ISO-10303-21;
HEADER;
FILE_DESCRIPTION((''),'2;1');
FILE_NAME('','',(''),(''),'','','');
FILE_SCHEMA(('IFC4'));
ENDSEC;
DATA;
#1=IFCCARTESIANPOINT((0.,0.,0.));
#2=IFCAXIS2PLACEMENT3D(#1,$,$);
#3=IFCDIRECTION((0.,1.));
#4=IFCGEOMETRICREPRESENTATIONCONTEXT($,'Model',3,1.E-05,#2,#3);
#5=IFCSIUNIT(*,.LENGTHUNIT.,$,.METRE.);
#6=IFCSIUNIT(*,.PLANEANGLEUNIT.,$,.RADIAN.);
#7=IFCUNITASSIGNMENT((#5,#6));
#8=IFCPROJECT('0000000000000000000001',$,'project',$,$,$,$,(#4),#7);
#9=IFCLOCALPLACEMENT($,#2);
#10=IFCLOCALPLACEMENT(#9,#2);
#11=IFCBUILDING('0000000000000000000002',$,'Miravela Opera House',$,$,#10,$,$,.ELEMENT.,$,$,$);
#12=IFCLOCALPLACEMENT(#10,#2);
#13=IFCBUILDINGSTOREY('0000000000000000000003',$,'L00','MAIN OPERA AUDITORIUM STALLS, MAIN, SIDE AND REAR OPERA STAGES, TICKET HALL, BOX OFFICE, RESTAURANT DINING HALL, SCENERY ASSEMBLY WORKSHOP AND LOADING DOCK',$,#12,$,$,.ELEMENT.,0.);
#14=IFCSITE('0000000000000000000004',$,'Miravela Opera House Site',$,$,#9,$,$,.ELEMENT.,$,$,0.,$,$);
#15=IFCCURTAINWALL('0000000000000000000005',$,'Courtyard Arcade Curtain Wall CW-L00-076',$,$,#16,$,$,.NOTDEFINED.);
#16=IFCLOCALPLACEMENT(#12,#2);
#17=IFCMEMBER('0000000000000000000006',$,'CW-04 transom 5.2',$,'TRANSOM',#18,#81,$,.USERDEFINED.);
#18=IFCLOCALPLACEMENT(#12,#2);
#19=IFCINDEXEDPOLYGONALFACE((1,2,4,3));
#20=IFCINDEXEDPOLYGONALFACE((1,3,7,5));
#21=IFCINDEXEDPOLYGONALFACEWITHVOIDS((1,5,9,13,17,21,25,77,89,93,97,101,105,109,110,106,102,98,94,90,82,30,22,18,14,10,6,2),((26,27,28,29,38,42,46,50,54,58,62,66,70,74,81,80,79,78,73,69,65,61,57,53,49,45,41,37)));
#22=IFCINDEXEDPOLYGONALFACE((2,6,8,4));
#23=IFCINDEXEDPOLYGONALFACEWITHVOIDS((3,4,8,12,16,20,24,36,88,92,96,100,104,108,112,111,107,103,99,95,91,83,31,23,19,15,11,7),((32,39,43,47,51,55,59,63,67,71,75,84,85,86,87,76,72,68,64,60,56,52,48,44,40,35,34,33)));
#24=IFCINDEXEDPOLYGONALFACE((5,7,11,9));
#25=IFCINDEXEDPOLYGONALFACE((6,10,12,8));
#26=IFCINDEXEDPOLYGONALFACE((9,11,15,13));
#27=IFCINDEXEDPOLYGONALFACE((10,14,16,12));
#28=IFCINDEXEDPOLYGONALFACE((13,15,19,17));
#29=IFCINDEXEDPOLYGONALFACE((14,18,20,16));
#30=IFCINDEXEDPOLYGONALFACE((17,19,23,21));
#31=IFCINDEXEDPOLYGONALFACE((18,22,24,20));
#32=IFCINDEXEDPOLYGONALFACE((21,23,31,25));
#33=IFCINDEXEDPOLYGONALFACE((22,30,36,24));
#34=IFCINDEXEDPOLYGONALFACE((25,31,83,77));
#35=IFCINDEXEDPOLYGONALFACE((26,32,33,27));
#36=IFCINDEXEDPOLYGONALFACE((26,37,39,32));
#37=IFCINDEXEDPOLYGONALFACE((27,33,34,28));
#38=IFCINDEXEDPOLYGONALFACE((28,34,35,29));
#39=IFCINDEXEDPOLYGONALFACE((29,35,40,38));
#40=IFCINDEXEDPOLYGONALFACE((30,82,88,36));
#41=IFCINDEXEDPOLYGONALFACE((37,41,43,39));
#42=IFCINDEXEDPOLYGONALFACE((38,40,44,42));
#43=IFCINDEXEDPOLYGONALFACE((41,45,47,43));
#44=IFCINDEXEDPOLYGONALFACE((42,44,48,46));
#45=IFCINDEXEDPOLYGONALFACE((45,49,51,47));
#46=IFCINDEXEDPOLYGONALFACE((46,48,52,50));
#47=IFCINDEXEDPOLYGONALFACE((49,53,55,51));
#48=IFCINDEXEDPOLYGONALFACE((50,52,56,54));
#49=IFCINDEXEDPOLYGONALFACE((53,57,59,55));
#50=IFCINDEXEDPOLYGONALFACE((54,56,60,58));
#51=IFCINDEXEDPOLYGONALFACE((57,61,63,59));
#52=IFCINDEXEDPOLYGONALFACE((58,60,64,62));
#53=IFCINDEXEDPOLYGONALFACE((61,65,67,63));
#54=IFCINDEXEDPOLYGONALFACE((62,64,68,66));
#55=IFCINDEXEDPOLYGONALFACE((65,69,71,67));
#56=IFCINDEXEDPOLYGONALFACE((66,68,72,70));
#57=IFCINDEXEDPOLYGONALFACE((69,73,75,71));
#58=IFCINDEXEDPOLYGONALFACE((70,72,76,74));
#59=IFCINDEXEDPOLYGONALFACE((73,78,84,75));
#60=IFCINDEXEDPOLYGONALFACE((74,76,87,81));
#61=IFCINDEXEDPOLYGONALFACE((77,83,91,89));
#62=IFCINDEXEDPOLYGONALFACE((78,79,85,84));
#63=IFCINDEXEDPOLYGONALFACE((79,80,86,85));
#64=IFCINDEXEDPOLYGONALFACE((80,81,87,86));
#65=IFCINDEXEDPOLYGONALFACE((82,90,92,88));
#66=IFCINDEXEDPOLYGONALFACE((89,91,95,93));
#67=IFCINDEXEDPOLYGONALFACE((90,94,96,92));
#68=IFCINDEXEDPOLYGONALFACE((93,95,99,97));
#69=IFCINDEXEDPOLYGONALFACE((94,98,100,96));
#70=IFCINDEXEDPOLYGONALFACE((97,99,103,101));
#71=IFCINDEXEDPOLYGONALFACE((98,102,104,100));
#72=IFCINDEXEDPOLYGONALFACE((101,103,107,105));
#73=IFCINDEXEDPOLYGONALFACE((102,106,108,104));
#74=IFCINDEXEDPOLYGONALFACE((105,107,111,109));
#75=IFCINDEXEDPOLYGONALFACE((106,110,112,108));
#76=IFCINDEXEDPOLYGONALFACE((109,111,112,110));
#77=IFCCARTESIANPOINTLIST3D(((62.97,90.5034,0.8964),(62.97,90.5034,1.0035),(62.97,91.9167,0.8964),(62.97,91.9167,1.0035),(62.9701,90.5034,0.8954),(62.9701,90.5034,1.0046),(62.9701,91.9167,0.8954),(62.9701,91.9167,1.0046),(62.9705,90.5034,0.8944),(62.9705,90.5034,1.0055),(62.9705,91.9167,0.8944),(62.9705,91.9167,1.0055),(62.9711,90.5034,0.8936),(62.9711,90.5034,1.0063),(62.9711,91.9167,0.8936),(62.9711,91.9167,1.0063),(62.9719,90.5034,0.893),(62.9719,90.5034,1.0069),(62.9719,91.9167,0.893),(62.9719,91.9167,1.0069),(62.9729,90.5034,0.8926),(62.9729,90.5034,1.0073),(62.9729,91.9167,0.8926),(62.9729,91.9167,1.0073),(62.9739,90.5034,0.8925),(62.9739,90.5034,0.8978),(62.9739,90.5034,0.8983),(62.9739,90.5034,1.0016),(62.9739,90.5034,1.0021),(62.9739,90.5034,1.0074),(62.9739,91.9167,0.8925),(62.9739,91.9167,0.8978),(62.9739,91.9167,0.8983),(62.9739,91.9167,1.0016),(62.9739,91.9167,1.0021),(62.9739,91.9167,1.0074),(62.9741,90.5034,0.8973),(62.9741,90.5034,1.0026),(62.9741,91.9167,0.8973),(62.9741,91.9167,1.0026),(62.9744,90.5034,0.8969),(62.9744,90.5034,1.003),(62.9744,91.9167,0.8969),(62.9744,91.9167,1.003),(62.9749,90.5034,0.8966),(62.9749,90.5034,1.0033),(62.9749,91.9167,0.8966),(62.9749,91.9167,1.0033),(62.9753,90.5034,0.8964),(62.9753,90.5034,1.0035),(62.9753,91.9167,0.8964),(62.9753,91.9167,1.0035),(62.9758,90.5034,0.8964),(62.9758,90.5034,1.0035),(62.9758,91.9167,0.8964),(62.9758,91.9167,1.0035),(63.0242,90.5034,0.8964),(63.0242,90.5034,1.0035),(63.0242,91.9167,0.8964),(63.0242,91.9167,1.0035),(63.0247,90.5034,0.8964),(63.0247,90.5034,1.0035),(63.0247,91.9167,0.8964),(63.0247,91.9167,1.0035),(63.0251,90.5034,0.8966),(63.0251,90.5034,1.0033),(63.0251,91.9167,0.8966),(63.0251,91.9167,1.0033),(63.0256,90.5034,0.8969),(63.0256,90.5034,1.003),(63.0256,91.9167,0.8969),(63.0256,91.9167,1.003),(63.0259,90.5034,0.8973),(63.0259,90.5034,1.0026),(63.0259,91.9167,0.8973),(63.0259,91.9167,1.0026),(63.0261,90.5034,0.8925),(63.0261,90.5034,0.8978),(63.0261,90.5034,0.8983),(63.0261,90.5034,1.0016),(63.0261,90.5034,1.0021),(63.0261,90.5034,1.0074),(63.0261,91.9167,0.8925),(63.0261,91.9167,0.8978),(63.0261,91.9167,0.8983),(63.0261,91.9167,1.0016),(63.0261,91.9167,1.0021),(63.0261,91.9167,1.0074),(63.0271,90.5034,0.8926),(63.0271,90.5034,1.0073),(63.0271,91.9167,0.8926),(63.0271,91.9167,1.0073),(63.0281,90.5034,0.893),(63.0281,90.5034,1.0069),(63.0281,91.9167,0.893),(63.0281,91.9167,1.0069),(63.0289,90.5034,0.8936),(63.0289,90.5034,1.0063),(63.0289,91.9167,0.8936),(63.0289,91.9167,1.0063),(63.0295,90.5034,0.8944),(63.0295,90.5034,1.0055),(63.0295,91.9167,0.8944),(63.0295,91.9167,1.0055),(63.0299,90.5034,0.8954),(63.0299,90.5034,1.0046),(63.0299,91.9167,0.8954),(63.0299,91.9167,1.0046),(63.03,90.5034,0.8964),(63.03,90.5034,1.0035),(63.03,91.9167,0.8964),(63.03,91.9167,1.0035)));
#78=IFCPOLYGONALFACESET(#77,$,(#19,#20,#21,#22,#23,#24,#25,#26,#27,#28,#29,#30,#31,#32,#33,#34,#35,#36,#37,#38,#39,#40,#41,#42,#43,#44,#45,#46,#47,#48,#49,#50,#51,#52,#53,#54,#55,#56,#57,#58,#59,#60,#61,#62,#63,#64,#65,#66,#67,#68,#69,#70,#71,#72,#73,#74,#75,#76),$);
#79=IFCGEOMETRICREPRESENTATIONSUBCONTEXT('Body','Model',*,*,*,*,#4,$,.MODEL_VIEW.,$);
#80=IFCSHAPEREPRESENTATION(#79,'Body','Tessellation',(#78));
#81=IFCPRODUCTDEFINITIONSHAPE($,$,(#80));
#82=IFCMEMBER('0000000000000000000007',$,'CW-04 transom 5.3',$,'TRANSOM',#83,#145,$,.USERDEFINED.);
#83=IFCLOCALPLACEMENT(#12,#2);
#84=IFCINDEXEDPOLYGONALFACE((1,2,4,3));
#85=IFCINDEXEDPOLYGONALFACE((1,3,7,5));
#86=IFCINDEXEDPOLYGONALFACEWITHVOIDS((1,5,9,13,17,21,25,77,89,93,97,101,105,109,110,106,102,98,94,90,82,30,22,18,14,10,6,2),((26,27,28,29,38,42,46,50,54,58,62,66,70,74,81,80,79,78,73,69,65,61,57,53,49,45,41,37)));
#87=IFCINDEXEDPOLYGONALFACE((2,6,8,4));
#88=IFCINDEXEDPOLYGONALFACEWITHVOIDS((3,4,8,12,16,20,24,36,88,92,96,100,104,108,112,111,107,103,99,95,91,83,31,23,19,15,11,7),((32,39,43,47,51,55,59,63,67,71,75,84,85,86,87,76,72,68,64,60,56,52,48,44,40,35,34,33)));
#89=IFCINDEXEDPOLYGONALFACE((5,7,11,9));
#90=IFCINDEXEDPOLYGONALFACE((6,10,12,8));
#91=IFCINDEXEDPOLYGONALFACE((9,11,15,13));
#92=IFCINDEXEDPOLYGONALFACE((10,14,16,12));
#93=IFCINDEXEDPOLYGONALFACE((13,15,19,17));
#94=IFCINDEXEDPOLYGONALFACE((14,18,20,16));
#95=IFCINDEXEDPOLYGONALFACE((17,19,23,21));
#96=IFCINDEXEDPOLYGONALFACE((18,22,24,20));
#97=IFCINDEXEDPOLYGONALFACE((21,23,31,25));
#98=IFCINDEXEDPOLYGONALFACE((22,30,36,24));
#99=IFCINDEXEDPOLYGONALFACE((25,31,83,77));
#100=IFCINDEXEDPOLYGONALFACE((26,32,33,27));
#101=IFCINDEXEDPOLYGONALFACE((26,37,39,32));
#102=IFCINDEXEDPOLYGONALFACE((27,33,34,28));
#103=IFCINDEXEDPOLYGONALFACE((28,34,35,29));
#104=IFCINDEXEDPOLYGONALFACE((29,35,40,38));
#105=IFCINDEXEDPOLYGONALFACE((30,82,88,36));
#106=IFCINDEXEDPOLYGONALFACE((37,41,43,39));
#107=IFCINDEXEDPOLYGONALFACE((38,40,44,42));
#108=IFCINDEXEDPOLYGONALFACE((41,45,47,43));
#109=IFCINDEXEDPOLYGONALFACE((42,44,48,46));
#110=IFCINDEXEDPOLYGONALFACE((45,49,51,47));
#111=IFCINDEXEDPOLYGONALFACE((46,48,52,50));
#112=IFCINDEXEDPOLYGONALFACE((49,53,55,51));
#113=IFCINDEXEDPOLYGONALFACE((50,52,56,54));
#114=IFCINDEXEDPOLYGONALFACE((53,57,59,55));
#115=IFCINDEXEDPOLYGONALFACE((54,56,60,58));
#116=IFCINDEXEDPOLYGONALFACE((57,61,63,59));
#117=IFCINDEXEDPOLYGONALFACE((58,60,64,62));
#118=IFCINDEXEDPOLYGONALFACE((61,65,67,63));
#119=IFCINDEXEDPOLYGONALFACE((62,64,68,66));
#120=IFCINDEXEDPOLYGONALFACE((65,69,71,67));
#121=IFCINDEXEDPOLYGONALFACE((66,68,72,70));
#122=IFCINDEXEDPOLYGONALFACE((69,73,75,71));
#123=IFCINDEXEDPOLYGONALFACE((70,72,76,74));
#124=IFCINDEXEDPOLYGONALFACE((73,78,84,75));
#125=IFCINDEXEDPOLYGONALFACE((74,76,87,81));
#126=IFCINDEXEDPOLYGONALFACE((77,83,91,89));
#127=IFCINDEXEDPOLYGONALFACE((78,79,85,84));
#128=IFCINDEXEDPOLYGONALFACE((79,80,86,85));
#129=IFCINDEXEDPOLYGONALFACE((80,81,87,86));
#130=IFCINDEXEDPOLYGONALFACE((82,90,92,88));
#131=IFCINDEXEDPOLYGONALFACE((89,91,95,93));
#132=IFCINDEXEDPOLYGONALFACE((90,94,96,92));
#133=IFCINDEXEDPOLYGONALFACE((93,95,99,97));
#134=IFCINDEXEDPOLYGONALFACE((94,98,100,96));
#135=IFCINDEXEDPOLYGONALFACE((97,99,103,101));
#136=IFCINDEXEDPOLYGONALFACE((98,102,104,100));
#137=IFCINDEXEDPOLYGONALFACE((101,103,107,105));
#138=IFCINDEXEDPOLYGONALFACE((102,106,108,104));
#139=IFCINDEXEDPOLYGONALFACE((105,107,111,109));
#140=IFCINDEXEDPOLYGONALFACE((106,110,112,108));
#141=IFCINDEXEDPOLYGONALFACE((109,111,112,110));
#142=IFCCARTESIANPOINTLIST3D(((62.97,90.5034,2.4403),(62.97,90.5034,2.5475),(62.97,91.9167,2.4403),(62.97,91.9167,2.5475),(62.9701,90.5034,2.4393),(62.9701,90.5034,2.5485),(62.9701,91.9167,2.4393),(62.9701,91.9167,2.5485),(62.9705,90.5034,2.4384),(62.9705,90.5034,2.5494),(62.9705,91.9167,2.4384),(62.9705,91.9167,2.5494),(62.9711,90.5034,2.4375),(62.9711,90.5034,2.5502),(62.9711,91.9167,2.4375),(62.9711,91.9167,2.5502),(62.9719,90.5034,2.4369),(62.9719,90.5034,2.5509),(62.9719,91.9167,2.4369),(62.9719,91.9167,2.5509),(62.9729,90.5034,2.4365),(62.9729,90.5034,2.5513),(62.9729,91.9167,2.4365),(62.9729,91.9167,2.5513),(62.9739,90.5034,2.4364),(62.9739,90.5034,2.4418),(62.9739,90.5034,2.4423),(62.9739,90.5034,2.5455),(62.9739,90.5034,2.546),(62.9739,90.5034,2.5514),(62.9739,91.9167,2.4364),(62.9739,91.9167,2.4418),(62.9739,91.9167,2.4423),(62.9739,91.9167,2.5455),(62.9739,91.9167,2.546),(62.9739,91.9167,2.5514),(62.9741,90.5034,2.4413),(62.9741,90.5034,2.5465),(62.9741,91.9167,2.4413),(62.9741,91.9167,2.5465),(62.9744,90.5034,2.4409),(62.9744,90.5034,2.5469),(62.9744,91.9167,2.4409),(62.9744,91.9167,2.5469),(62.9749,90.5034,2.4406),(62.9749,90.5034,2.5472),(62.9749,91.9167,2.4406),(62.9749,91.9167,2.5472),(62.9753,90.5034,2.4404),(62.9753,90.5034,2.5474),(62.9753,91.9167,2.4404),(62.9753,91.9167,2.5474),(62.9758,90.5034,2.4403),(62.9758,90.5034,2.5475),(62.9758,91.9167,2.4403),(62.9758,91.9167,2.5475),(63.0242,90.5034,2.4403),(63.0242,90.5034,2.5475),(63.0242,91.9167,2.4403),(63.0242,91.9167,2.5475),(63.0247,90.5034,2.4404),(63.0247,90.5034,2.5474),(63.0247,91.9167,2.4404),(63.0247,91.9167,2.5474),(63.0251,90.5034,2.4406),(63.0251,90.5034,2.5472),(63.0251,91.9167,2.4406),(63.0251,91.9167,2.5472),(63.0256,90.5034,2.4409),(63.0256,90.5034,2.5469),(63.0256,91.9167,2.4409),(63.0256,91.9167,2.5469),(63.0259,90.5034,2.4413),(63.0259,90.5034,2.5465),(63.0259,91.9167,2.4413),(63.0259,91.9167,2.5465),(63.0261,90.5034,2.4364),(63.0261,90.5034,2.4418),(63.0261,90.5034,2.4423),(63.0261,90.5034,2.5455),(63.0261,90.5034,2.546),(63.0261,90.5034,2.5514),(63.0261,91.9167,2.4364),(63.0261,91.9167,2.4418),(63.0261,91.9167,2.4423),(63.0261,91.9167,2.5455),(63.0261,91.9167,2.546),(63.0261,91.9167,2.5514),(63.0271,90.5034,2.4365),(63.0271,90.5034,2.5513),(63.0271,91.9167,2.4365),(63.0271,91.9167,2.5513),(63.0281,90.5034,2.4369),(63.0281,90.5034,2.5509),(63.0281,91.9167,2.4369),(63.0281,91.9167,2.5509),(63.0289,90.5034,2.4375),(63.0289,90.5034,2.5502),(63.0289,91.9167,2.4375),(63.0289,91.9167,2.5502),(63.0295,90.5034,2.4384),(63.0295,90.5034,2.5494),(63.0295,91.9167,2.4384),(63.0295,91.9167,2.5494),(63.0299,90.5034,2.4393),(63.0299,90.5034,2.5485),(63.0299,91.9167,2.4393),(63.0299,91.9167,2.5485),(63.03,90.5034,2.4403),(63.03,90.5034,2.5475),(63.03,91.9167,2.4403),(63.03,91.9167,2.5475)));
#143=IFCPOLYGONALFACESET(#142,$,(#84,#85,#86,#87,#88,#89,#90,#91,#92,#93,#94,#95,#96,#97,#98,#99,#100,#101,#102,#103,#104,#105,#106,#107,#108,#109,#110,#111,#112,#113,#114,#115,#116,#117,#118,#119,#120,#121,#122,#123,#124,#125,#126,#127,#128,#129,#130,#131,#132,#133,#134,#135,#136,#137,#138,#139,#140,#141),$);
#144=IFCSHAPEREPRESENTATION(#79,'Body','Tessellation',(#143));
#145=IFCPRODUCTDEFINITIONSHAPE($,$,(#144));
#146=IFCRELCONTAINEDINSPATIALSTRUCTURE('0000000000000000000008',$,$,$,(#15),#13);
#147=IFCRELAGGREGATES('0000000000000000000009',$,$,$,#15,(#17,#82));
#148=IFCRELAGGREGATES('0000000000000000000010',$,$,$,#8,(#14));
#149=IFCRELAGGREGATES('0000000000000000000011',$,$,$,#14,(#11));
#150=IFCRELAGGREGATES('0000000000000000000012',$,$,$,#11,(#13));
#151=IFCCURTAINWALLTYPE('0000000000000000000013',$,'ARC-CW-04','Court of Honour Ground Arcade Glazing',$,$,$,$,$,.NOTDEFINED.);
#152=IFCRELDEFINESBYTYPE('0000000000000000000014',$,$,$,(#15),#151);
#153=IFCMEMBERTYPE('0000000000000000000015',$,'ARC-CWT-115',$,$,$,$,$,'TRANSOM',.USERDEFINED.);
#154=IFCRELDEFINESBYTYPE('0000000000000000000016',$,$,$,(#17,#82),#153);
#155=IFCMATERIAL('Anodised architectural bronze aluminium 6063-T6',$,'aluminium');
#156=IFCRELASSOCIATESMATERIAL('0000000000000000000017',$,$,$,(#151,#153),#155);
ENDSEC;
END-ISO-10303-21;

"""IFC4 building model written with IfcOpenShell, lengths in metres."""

from ifc_helpers import new_model, si_unit, direction, frame, origin, origin_2d, place, context, subcontext, project, spatial, hollow_rectangle, extrude, material, material_profile, profile_set, type_object, element, aggregate, save


model = new_model("IFC4")

# Units and contexts
model_context = context("Model", 3, precision=1e-05, world=origin(), true_north=direction((0.0, 1.0)))
body_context = subcontext(model_context, "Body", "Model", "MODEL_VIEW")
ifc_project = project(units=[si_unit("LENGTHUNIT", "METRE"), si_unit("PLANEANGLEUNIT", "RADIAN")], contexts=[model_context])

# Site, building, storey
site_placement = place(None, origin())
site = spatial("IfcSite", under=ifc_project, at=site_placement, Name="Miravela Opera House Site", CompositionType="ELEMENT", RefElevation=0.0)
building_placement = place(site_placement, origin())
building = spatial("IfcBuilding", under=site, at=building_placement, Name="Miravela Opera House", CompositionType="ELEMENT")
storey_placement = place(building_placement, origin())
storey = spatial("IfcBuildingStorey", under=building, at=storey_placement, Name="L00", Description="MAIN OPERA AUDITORIUM STALLS, MAIN, SIDE AND REAR OPERA STAGES, TICKET HALL, BOX OFFICE, RESTAURANT DINING HALL, SCENERY ASSEMBLY WORKSHOP AND LOADING DOCK", CompositionType="ELEMENT", Elevation=0.0)

# Curtain wall, members
ifc_material_1 = material(Name="Anodised architectural bronze aluminium 6063-T6", Category="aluminium")
curtain_wall_type = type_object("IfcCurtainWallType", Name="ARC-CW-04", Description="Court of Honour Ground Arcade Glazing", PredefinedType="NOTDEFINED", material=ifc_material_1)
curtain_wall_placement = place(storey_placement, origin())
curtain_wall = element("IfcCurtainWall", 1, at=curtain_wall_placement, inside=storey, type_object=curtain_wall_type, Name="Courtyard Arcade Curtain Wall CW-L00-076", PredefinedType="NOTDEFINED")
ifc_material_profile_1 = material_profile(ifc_material_1, hollow_rectangle(XDim=0.0601, YDim=0.115, WallThickness=0.0039, InnerFilletRadius=0.002, OuterFilletRadius=0.0039, at=origin_2d()), Name="CWT-60X115")
ifc_profile_set_1 = profile_set([ifc_material_profile_1])
member_type_1 = type_object("IfcMemberType", Name="ARC-CWT-115", ElementType="TRANSOM", PredefinedType="USERDEFINED", material=ifc_profile_set_1)
member_1_placement = place(storey_placement, frame((63.0, 90.5034, 0.95), z_axis=(0.0, 1.0, 0.0), x_axis=(-1.0, 0.0, 0.0)))
member_1 = element("IfcMember", 2, at=member_1_placement, type_object=member_type_1, Name="CW-04 transom 5.2", ObjectType="TRANSOM", PredefinedType="USERDEFINED", context=body_context, shape_type="SweptSolid", body=[
    extrude(hollow_rectangle(XDim=0.0601, YDim=0.115, WallThickness=0.0039, InnerFilletRadius=0.002, OuterFilletRadius=0.0039, at=origin_2d()), origin(), (0.0, 0.0, 1.0), 1.4133),
])
member_2_placement = place(storey_placement, frame((63.0, 90.5034, 2.4939), z_axis=(0.0, 1.0, 0.0), x_axis=(-1.0, 0.0, 0.0)))
member_2 = element("IfcMember", 3, at=member_2_placement, type_object=member_type_1, Name="CW-04 transom 5.3", ObjectType="TRANSOM", PredefinedType="USERDEFINED", context=body_context, shape_type="SweptSolid", body=[
    extrude(hollow_rectangle(XDim=0.0601, YDim=0.115, WallThickness=0.0039, InnerFilletRadius=0.002, OuterFilletRadius=0.0039, at=origin_2d()), origin(), (0.0, 0.0, 1.0), 1.4133),
])

aggregate(curtain_wall, [member_1, member_2])

save(model, "model.ifc")
